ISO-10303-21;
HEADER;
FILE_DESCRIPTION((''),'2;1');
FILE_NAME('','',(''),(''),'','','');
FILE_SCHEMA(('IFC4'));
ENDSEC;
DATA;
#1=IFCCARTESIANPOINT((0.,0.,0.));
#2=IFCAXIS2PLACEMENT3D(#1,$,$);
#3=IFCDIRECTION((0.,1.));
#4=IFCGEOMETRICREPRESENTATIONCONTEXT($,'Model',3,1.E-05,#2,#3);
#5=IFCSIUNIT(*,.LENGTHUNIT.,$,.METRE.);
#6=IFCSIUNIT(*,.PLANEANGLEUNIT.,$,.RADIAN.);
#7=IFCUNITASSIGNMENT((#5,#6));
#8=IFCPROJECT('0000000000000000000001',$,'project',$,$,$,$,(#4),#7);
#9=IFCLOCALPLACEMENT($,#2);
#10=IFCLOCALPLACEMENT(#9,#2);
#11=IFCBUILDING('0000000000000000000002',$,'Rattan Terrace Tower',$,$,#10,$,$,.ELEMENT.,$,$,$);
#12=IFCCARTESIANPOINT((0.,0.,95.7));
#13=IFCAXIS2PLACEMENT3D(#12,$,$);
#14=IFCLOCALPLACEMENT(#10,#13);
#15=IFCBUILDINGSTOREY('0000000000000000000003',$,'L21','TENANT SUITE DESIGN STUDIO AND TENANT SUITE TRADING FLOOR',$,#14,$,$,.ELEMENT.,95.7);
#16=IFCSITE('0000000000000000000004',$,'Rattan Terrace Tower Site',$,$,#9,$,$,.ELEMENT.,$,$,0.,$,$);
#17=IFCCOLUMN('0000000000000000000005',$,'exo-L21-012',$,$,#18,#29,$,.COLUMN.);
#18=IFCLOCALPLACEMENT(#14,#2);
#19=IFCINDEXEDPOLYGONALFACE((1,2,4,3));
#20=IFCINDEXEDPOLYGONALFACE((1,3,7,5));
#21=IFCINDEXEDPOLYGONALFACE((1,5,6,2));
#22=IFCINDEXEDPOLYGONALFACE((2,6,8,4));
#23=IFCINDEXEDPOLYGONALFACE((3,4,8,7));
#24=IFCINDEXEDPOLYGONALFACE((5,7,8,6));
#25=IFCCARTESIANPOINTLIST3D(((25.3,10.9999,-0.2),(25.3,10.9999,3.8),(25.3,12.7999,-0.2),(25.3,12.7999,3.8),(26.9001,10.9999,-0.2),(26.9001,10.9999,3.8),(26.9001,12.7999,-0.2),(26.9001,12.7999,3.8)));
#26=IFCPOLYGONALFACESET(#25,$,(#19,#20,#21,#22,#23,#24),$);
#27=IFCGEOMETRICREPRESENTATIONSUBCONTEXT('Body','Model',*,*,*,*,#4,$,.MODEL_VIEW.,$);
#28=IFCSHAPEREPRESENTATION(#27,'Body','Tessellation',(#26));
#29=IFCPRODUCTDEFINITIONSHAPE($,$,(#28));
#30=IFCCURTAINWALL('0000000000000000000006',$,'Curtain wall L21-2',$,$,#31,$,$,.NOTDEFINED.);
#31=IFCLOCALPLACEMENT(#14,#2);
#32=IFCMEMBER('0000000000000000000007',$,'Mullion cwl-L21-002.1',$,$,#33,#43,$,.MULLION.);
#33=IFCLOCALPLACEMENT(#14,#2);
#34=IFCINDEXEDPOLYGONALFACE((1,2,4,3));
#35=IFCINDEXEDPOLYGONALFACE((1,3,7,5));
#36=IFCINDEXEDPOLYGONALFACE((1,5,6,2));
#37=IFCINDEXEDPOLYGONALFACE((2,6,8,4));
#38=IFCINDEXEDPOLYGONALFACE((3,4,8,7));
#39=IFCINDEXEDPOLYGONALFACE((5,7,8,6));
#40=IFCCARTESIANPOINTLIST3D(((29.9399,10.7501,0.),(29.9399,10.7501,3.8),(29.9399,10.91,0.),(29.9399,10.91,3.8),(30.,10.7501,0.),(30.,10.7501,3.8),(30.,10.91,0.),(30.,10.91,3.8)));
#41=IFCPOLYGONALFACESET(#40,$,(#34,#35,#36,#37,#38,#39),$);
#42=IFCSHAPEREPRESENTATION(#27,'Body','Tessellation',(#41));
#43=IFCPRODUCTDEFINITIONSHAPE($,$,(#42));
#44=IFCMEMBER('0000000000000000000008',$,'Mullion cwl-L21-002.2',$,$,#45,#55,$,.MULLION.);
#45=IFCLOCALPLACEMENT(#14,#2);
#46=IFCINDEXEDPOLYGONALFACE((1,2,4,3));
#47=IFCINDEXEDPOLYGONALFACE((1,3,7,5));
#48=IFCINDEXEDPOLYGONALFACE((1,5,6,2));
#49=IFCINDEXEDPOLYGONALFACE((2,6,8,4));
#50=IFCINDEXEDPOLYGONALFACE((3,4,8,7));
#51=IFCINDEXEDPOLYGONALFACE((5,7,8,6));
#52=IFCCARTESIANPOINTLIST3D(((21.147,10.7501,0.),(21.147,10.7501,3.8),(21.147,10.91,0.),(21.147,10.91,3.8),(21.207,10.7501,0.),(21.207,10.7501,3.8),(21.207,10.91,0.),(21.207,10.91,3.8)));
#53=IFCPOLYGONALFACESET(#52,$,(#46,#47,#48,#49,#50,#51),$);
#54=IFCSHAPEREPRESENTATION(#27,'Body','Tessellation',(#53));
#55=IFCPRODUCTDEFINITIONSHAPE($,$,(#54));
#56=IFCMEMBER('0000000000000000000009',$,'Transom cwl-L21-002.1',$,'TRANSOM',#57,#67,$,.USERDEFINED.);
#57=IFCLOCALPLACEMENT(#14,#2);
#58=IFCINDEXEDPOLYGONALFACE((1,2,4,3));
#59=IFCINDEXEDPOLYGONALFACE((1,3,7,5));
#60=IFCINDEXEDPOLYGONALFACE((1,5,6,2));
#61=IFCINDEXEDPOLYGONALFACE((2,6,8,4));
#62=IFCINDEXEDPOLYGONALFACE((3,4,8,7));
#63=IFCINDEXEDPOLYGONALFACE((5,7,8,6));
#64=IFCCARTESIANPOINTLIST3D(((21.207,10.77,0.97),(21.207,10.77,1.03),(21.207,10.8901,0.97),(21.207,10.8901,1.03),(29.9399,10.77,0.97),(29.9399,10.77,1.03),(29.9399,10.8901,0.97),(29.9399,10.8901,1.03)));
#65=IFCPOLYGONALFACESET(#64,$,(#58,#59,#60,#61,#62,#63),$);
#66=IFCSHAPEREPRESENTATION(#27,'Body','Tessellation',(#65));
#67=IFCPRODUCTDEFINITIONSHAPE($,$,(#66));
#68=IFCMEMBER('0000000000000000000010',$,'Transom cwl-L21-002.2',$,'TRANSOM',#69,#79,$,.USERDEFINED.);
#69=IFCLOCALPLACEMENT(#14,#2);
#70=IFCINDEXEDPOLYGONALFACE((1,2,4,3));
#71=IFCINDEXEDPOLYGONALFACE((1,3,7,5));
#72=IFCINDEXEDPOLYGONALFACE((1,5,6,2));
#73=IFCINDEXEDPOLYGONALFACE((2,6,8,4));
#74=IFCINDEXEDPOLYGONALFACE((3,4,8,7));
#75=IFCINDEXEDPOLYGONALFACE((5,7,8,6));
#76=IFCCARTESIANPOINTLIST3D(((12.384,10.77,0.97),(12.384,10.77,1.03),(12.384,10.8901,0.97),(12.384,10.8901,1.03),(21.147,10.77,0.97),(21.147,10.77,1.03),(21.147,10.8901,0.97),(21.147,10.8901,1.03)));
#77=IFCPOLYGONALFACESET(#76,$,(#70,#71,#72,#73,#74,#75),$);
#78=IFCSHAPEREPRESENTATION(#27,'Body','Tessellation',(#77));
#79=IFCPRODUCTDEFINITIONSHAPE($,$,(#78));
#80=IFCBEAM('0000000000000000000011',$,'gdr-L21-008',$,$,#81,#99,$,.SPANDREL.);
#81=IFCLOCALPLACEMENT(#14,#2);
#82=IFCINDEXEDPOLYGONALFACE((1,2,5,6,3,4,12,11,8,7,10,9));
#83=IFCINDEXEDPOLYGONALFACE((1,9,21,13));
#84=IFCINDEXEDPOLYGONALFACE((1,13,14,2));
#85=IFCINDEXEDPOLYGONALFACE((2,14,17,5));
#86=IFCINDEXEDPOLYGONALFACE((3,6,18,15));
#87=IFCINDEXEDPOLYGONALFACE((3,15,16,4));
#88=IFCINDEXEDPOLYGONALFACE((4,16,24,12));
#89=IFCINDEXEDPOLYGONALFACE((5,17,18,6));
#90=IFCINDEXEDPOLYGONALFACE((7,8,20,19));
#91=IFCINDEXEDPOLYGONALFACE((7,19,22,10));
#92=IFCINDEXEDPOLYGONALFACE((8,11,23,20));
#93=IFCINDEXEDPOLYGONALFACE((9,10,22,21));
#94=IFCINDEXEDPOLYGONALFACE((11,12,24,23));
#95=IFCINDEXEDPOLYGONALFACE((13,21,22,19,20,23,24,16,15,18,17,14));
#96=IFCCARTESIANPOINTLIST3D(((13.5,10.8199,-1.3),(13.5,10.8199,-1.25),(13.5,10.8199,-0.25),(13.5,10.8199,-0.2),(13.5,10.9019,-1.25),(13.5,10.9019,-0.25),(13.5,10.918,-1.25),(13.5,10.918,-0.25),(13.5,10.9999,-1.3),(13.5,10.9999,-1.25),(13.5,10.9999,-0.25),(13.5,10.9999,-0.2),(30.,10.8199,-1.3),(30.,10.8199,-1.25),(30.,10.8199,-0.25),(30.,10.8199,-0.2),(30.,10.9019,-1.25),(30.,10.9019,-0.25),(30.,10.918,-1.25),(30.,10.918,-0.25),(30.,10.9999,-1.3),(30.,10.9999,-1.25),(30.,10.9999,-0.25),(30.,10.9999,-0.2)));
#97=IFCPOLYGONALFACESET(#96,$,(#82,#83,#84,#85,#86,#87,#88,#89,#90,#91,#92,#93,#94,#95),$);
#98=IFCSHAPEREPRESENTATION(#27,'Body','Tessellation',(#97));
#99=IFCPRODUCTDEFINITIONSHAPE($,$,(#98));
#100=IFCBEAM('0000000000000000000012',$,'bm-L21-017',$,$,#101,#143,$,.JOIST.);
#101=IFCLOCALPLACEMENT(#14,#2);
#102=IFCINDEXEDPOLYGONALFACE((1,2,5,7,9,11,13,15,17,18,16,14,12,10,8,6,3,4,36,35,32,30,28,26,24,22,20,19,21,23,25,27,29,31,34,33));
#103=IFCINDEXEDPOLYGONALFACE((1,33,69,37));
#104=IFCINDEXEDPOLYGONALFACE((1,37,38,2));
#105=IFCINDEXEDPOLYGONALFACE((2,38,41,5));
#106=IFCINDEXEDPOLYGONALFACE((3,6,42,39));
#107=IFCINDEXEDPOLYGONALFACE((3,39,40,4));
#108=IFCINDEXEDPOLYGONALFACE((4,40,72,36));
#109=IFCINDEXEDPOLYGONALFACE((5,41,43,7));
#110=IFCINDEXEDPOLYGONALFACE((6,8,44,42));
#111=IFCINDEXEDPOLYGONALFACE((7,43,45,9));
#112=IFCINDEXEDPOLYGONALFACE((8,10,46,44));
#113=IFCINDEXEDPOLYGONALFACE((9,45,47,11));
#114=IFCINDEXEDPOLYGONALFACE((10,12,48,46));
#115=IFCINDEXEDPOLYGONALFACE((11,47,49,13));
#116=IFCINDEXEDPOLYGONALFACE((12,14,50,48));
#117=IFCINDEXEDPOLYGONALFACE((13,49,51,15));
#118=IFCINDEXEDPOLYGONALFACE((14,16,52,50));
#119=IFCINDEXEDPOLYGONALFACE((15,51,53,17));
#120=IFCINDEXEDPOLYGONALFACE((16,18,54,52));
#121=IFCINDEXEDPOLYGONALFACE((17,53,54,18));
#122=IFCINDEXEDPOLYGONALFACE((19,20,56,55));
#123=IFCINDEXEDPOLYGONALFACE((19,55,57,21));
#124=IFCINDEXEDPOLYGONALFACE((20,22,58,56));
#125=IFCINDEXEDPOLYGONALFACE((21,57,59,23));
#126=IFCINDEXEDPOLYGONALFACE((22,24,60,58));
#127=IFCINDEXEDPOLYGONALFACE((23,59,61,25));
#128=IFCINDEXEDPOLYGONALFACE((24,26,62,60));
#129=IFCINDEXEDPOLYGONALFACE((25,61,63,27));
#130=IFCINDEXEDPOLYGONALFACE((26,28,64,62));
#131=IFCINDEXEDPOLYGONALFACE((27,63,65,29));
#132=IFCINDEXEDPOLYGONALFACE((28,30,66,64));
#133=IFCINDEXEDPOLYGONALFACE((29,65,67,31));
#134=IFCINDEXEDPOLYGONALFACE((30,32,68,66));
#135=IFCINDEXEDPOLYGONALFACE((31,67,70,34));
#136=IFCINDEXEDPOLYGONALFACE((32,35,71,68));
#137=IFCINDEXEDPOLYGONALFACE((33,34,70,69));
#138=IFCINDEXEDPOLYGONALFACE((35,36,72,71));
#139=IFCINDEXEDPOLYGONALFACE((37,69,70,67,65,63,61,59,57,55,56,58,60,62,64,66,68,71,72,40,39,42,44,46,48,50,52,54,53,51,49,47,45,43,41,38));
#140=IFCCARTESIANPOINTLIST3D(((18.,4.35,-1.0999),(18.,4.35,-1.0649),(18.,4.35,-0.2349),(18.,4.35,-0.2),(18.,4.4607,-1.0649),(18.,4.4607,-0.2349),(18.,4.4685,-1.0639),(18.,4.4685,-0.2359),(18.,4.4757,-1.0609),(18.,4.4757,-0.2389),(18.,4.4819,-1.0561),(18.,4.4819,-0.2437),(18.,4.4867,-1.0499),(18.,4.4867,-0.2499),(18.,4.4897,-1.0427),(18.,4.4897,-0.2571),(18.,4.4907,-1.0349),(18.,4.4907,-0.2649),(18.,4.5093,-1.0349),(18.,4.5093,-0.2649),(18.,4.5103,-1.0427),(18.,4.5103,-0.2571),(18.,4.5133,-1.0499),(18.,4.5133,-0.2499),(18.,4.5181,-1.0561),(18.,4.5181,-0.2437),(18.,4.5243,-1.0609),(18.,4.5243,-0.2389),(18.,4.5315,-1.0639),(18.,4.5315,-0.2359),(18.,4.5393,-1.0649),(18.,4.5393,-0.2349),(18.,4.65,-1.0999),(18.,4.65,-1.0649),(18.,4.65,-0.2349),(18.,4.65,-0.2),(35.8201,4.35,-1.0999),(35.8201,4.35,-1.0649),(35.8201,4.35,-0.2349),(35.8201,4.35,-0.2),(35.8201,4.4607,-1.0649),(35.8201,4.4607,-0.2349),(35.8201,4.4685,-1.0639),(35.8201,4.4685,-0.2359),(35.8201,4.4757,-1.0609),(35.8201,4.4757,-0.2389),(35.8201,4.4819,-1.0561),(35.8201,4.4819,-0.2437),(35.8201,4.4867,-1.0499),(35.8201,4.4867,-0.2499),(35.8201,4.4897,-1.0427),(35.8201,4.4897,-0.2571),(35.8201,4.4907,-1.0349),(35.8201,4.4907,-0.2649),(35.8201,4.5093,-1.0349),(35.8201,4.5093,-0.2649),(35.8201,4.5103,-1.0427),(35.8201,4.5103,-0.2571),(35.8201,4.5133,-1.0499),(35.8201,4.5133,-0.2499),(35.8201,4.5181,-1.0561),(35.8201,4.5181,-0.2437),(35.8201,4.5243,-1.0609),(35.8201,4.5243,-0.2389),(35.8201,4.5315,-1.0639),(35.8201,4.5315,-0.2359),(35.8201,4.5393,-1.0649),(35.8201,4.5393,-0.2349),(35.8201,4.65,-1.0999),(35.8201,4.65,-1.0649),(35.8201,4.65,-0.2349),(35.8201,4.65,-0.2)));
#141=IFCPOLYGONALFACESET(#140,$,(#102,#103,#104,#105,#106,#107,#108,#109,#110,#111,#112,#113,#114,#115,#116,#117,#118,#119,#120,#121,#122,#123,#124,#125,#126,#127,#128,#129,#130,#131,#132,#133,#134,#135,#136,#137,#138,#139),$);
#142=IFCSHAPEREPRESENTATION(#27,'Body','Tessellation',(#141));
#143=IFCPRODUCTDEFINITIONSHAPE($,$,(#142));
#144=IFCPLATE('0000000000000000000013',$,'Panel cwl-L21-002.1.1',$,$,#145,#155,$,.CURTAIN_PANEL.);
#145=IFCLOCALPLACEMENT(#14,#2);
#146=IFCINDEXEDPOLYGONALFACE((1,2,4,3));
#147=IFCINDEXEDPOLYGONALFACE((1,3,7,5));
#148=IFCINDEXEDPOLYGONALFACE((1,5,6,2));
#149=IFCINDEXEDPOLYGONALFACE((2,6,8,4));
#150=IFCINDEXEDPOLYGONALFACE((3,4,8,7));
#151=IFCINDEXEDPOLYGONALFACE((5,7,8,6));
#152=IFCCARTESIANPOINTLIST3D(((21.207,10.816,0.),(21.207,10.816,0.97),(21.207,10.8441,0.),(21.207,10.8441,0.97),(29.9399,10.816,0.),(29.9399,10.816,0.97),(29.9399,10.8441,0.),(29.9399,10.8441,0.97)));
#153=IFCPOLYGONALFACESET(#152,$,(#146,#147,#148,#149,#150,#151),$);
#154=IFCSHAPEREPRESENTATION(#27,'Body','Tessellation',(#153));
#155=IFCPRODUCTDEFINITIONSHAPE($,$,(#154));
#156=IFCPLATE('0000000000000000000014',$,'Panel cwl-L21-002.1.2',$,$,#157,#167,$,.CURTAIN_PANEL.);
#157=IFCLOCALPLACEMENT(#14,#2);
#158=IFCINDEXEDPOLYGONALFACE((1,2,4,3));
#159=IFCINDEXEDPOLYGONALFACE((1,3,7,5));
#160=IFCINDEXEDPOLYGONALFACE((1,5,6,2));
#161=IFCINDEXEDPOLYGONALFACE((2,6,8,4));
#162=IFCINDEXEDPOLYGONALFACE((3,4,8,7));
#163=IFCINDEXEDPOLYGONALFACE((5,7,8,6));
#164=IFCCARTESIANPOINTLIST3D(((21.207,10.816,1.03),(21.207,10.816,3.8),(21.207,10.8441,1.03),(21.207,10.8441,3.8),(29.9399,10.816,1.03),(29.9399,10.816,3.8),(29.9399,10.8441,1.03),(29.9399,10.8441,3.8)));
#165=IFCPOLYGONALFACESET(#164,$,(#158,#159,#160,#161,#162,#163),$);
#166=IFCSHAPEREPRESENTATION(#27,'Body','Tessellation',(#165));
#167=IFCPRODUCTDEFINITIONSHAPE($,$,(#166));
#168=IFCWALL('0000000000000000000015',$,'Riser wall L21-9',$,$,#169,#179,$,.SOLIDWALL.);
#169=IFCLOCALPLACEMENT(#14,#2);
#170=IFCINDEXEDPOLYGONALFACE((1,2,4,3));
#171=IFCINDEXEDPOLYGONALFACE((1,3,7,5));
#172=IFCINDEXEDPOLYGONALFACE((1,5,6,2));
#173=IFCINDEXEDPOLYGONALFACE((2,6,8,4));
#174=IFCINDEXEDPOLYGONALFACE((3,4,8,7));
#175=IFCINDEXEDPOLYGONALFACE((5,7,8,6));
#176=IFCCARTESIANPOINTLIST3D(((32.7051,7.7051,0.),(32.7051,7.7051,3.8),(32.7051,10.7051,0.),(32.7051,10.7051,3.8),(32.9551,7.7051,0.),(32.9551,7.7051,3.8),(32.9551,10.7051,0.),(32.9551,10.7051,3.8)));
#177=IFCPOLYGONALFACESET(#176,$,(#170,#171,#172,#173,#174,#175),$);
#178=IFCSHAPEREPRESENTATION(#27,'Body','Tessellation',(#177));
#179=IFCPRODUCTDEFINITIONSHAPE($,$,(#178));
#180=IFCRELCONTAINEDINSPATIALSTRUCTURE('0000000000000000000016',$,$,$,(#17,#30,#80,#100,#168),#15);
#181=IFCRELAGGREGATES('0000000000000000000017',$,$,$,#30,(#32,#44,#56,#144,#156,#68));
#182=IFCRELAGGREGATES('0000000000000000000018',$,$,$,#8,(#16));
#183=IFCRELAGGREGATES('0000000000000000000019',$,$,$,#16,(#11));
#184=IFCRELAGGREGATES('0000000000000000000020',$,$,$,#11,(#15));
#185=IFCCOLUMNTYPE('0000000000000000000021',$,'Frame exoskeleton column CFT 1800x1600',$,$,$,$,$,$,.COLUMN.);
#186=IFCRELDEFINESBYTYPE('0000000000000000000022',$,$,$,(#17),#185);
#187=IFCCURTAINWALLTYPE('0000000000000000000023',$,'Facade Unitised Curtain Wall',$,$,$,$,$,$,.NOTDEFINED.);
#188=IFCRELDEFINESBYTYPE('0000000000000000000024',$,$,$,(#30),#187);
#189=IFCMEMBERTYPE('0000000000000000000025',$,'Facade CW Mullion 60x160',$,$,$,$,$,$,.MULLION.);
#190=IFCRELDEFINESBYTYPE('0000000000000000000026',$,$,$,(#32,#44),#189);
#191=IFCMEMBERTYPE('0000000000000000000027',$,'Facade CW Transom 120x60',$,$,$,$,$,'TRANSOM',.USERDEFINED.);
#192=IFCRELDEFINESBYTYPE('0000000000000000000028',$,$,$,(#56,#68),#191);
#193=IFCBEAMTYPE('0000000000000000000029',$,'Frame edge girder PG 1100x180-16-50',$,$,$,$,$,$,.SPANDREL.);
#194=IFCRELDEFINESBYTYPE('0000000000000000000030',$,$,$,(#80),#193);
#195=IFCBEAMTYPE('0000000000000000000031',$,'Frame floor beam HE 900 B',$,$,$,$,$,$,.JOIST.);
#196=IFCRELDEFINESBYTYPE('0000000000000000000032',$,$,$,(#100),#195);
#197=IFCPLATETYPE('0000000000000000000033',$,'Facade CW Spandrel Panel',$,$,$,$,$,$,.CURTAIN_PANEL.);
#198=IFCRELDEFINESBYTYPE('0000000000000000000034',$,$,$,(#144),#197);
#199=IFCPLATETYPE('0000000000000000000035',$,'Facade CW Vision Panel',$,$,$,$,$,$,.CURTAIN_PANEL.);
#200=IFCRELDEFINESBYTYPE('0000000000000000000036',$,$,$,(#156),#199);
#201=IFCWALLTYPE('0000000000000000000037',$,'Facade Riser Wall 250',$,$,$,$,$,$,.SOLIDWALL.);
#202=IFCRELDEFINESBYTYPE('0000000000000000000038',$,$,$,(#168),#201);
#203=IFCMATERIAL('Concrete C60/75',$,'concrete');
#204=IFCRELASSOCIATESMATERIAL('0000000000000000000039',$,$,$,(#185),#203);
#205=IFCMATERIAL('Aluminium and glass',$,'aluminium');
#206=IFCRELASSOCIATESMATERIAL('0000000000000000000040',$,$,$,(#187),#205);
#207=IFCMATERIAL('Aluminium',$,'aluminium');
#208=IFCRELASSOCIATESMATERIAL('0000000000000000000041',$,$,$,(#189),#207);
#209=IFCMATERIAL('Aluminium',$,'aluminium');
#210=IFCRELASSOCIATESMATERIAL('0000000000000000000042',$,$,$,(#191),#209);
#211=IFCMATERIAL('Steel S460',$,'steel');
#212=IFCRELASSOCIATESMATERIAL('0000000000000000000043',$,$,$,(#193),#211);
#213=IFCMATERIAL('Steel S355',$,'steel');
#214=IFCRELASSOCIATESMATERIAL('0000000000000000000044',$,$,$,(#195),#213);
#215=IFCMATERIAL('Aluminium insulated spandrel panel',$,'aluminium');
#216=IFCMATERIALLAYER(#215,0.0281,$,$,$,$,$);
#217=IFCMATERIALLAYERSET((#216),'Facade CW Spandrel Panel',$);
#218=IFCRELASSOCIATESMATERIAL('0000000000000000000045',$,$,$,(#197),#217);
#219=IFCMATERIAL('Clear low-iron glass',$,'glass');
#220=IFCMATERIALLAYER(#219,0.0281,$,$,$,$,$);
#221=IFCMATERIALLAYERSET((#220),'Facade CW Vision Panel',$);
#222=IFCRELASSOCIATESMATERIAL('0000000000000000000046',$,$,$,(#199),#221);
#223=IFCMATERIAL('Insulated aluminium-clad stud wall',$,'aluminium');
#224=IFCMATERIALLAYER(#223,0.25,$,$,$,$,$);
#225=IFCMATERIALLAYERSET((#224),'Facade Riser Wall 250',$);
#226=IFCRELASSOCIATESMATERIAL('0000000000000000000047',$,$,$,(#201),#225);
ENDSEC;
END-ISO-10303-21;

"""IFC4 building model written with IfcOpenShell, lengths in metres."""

from ifc_helpers import new_model, si_unit, direction, frame, frame_2d, origin, origin_2d, place, context, subcontext, project, spatial, rectangle, i_section, extrude, material, layer, layer_set, material_profile, profile_set, type_object, element, aggregate, save


model = new_model("IFC4")

# Units and contexts
model_context = context("Model", 3, precision=1e-05, world=origin(), true_north=direction((0.0, 1.0)))
body_context = subcontext(model_context, "Body", "Model", "MODEL_VIEW")
ifc_project = project(units=[si_unit("LENGTHUNIT", "METRE"), si_unit("PLANEANGLEUNIT", "RADIAN")], contexts=[model_context])

# Site, building, storey
site_placement = place(None, origin())
site = spatial("IfcSite", under=ifc_project, at=site_placement, Name="Rattan Terrace Tower Site", CompositionType="ELEMENT", RefElevation=0.0)
building_placement = place(site_placement, origin())
building = spatial("IfcBuilding", under=site, at=building_placement, Name="Rattan Terrace Tower", CompositionType="ELEMENT")
storey_placement = place(building_placement, frame((0.0, 0.0, 95.7)))
storey = spatial("IfcBuildingStorey", under=building, at=storey_placement, Name="L21", Description="TENANT SUITE DESIGN STUDIO AND TENANT SUITE TRADING FLOOR", CompositionType="ELEMENT", Elevation=95.7)

# Column
ifc_material_1 = material(Name="Concrete C60/75", Category="concrete")
ifc_material_profile_1 = material_profile(ifc_material_1, rectangle(XDim=1.6001, YDim=1.8, at=origin_2d()), Name="CFT 1800x1600")
ifc_profile_set_1 = profile_set([ifc_material_profile_1], Name="Concrete C60/75")
column_type = type_object("IfcColumnType", Name="Frame exoskeleton column CFT 1800x1600", PredefinedType="COLUMN", material=ifc_profile_set_1)
column_placement = place(storey_placement, frame((26.1001, 11.8999, -0.2), z_axis=(0.0, 0.0, 1.0), x_axis=(1.0, 0.0, 0.0)))
element("IfcColumn", 1, at=column_placement, inside=storey, type_object=column_type, Name="exo-L21-012", PredefinedType="COLUMN", context=body_context, shape_type="SweptSolid", body=[
    extrude(rectangle(XDim=1.6001, YDim=1.8, at=origin_2d()), origin(), (0.0, 0.0, 1.0), 4.0),
])

# Curtain wall, members
ifc_material_2 = material(Name="Aluminium and glass", Category="aluminium")
curtain_wall_type = type_object("IfcCurtainWallType", Name="Facade Unitised Curtain Wall", PredefinedType="NOTDEFINED", material=ifc_material_2)
curtain_wall_placement = place(storey_placement, origin())
curtain_wall = element("IfcCurtainWall", 2, at=curtain_wall_placement, inside=storey, type_object=curtain_wall_type, Name="Curtain wall L21-2", PredefinedType="NOTDEFINED")
ifc_material_3 = material(Name="Aluminium", Category="aluminium")
ifc_material_profile_2 = material_profile(ifc_material_3, rectangle(XDim=0.0601, YDim=0.1599, at=origin_2d()), Name="Aluminium 60x160")
ifc_profile_set_2 = profile_set([ifc_material_profile_2], Name="Aluminium")
member_type_1 = type_object("IfcMemberType", Name="Facade CW Mullion 60x160", PredefinedType="MULLION", material=ifc_profile_set_2)
member_1_placement = place(storey_placement, frame((29.97, 10.8301, 0.0), z_axis=(0.0, 0.0, 1.0), x_axis=(-1.0, 0.0, 0.0)))
member_1 = element("IfcMember", 3, at=member_1_placement, type_object=member_type_1, Name="Mullion cwl-L21-002.1", PredefinedType="MULLION", context=body_context, shape_type="SweptSolid", body=[
    extrude(rectangle(XDim=0.0601, YDim=0.1599, at=origin_2d()), origin(), (0.0, 0.0, 1.0), 3.8),
])
member_2_placement = place(storey_placement, frame((21.177, 10.8301, 0.0), z_axis=(0.0, 0.0, 1.0), x_axis=(-1.0, 0.0, 0.0)))
member_2 = element("IfcMember", 4, at=member_2_placement, type_object=member_type_1, Name="Mullion cwl-L21-002.2", PredefinedType="MULLION", context=body_context, shape_type="SweptSolid", body=[
    extrude(rectangle(XDim=0.0601, YDim=0.1599, at=origin_2d()), origin(), (0.0, 0.0, 1.0), 3.8),
])
ifc_material_4 = material(Name="Aluminium", Category="aluminium")
ifc_material_profile_3 = material_profile(ifc_material_4, rectangle(XDim=0.1201, YDim=0.0601, at=origin_2d()), Name="Aluminium 120x60")
ifc_profile_set_3 = profile_set([ifc_material_profile_3], Name="Aluminium")
member_type_2 = type_object("IfcMemberType", Name="Facade CW Transom 120x60", ElementType="TRANSOM", PredefinedType="USERDEFINED", material=ifc_profile_set_3)
member_3_placement = place(storey_placement, frame((29.9399, 10.8301, 1.0), z_axis=(-1.0, 0.0, 0.0), x_axis=(0.0, -1.0, 0.0)))
member_3 = element("IfcMember", 5, at=member_3_placement, type_object=member_type_2, Name="Transom cwl-L21-002.1", ObjectType="TRANSOM", PredefinedType="USERDEFINED", context=body_context, shape_type="SweptSolid", body=[
    extrude(rectangle(XDim=0.1201, YDim=0.0601, at=origin_2d()), origin(), (0.0, 0.0, 1.0), 8.7329),
])
member_4_placement = place(storey_placement, frame((21.147, 10.8301, 1.0), z_axis=(-1.0, 0.0, 0.0), x_axis=(0.0, -1.0, 0.0)))
member_4 = element("IfcMember", 6, at=member_4_placement, type_object=member_type_2, Name="Transom cwl-L21-002.2", ObjectType="TRANSOM", PredefinedType="USERDEFINED", context=body_context, shape_type="SweptSolid", body=[
    extrude(rectangle(XDim=0.1201, YDim=0.0601, at=origin_2d()), origin(), (0.0, 0.0, 1.0), 8.7629),
])

# Beams
ifc_material_5 = material(Name="Steel S460", Category="steel")
ifc_material_profile_4 = material_profile(ifc_material_5, i_section(OverallWidth=0.1799, OverallDepth=1.1001, WebThickness=0.0161, FlangeThickness=0.05, at=origin_2d()), Name="PG 1100x180-16-50")
ifc_profile_set_4 = profile_set([ifc_material_profile_4], Name="Steel S460")
beam_type_1 = type_object("IfcBeamType", Name="Frame edge girder PG 1100x180-16-50", PredefinedType="SPANDREL", material=ifc_profile_set_4)
beam_1_placement = place(storey_placement, frame((30.0, 10.9099, -0.75), z_axis=(-1.0, 0.0, 0.0), x_axis=(0.0, -1.0, 0.0)))
element("IfcBeam", 7, at=beam_1_placement, inside=storey, type_object=beam_type_1, Name="gdr-L21-008", PredefinedType="SPANDREL", context=body_context, shape_type="SweptSolid", body=[
    extrude(i_section(OverallWidth=0.1799, OverallDepth=1.1001, WebThickness=0.0161, FlangeThickness=0.05, at=origin_2d()), origin(), (0.0, 0.0, 1.0), 16.5),
])
ifc_material_6 = material(Name="Steel S355", Category="steel")
ifc_material_profile_5 = material_profile(ifc_material_6, i_section(OverallWidth=0.3, OverallDepth=0.8999, WebThickness=0.0186, FlangeThickness=0.0349, FilletRadius=0.03, at=origin_2d()), Name="HE 900 B")
ifc_profile_set_5 = profile_set([ifc_material_profile_5], Name="Steel S355")
beam_type_2 = type_object("IfcBeamType", Name="Frame floor beam HE 900 B", PredefinedType="JOIST", material=ifc_profile_set_5)
beam_2_placement = place(storey_placement, frame((18.0, 4.5, -0.6499), z_axis=(1.0, 0.0, 0.0), x_axis=(0.0, 1.0, 0.0)))
element("IfcBeam", 8, at=beam_2_placement, inside=storey, type_object=beam_type_2, Name="bm-L21-017", PredefinedType="JOIST", context=body_context, shape_type="SweptSolid", body=[
    extrude(i_section(OverallWidth=0.3, OverallDepth=0.8999, WebThickness=0.0186, FlangeThickness=0.0349, FilletRadius=0.03, at=origin_2d()), origin(), (0.0, 0.0, 1.0), 17.8201),
])

# Plates
ifc_material_7 = material(Name="Aluminium insulated spandrel panel", Category="aluminium")
ifc_layer_1 = layer(ifc_material_7, 0.0281)
ifc_layer_set_1 = layer_set([ifc_layer_1], Name="Facade CW Spandrel Panel")
plate_type_1 = type_object("IfcPlateType", Name="Facade CW Spandrel Panel", PredefinedType="CURTAIN_PANEL", material=ifc_layer_set_1)
plate_1_placement = place(storey_placement, frame((25.5735, 10.8301, 0.0), z_axis=(0.0, 0.0, 1.0), x_axis=(-1.0, 0.0, 0.0)))
plate_1 = element("IfcPlate", 9, at=plate_1_placement, type_object=plate_type_1, Name="Panel cwl-L21-002.1.1", PredefinedType="CURTAIN_PANEL", context=body_context, shape_type="SweptSolid", body=[
    extrude(rectangle(XDim=8.7329, YDim=0.0281, at=origin_2d()), origin(), (0.0, 0.0, 1.0), 0.97),
])
ifc_material_8 = material(Name="Clear low-iron glass", Category="glass")
ifc_layer_2 = layer(ifc_material_8, 0.0281)
ifc_layer_set_2 = layer_set([ifc_layer_2], Name="Facade CW Vision Panel")
plate_type_2 = type_object("IfcPlateType", Name="Facade CW Vision Panel", PredefinedType="CURTAIN_PANEL", material=ifc_layer_set_2)
plate_2_placement = place(storey_placement, frame((25.5735, 10.8301, 1.03), z_axis=(0.0, 0.0, 1.0), x_axis=(-1.0, 0.0, 0.0)))
plate_2 = element("IfcPlate", 10, at=plate_2_placement, type_object=plate_type_2, Name="Panel cwl-L21-002.1.2", PredefinedType="CURTAIN_PANEL", context=body_context, shape_type="SweptSolid", body=[
    extrude(rectangle(XDim=8.7329, YDim=0.0281, at=origin_2d()), origin(), (0.0, 0.0, 1.0), 2.77),
])
aggregate(curtain_wall, [member_1, member_2, member_3, plate_1, plate_2, member_4])

# Wall
ifc_material_9 = material(Name="Insulated aluminium-clad stud wall", Category="aluminium")
ifc_layer_3 = layer(ifc_material_9, 0.25)
ifc_layer_set_3 = layer_set([ifc_layer_3], Name="Facade Riser Wall 250")
wall_type_1 = type_object("IfcWallType", Name="Facade Riser Wall 250", PredefinedType="SOLIDWALL", material=ifc_layer_set_3)
wall_1_placement = place(storey_placement, frame((32.8301, 7.7051, 0.0), z_axis=(0.0, 0.0, 1.0), x_axis=(0.0, 1.0, 0.0)))
element("IfcWall", 11, at=wall_1_placement, inside=storey, type_object=wall_type_1, Name="Riser wall L21-9", PredefinedType="SOLIDWALL", context=body_context, shape_type="SweptSolid", body=[
    extrude(rectangle(XDim=3.0, YDim=0.25, at=frame_2d((1.5, 0.0))), origin(), (0.0, 0.0, 1.0), 3.8),
])

save(model, "model.ifc")
